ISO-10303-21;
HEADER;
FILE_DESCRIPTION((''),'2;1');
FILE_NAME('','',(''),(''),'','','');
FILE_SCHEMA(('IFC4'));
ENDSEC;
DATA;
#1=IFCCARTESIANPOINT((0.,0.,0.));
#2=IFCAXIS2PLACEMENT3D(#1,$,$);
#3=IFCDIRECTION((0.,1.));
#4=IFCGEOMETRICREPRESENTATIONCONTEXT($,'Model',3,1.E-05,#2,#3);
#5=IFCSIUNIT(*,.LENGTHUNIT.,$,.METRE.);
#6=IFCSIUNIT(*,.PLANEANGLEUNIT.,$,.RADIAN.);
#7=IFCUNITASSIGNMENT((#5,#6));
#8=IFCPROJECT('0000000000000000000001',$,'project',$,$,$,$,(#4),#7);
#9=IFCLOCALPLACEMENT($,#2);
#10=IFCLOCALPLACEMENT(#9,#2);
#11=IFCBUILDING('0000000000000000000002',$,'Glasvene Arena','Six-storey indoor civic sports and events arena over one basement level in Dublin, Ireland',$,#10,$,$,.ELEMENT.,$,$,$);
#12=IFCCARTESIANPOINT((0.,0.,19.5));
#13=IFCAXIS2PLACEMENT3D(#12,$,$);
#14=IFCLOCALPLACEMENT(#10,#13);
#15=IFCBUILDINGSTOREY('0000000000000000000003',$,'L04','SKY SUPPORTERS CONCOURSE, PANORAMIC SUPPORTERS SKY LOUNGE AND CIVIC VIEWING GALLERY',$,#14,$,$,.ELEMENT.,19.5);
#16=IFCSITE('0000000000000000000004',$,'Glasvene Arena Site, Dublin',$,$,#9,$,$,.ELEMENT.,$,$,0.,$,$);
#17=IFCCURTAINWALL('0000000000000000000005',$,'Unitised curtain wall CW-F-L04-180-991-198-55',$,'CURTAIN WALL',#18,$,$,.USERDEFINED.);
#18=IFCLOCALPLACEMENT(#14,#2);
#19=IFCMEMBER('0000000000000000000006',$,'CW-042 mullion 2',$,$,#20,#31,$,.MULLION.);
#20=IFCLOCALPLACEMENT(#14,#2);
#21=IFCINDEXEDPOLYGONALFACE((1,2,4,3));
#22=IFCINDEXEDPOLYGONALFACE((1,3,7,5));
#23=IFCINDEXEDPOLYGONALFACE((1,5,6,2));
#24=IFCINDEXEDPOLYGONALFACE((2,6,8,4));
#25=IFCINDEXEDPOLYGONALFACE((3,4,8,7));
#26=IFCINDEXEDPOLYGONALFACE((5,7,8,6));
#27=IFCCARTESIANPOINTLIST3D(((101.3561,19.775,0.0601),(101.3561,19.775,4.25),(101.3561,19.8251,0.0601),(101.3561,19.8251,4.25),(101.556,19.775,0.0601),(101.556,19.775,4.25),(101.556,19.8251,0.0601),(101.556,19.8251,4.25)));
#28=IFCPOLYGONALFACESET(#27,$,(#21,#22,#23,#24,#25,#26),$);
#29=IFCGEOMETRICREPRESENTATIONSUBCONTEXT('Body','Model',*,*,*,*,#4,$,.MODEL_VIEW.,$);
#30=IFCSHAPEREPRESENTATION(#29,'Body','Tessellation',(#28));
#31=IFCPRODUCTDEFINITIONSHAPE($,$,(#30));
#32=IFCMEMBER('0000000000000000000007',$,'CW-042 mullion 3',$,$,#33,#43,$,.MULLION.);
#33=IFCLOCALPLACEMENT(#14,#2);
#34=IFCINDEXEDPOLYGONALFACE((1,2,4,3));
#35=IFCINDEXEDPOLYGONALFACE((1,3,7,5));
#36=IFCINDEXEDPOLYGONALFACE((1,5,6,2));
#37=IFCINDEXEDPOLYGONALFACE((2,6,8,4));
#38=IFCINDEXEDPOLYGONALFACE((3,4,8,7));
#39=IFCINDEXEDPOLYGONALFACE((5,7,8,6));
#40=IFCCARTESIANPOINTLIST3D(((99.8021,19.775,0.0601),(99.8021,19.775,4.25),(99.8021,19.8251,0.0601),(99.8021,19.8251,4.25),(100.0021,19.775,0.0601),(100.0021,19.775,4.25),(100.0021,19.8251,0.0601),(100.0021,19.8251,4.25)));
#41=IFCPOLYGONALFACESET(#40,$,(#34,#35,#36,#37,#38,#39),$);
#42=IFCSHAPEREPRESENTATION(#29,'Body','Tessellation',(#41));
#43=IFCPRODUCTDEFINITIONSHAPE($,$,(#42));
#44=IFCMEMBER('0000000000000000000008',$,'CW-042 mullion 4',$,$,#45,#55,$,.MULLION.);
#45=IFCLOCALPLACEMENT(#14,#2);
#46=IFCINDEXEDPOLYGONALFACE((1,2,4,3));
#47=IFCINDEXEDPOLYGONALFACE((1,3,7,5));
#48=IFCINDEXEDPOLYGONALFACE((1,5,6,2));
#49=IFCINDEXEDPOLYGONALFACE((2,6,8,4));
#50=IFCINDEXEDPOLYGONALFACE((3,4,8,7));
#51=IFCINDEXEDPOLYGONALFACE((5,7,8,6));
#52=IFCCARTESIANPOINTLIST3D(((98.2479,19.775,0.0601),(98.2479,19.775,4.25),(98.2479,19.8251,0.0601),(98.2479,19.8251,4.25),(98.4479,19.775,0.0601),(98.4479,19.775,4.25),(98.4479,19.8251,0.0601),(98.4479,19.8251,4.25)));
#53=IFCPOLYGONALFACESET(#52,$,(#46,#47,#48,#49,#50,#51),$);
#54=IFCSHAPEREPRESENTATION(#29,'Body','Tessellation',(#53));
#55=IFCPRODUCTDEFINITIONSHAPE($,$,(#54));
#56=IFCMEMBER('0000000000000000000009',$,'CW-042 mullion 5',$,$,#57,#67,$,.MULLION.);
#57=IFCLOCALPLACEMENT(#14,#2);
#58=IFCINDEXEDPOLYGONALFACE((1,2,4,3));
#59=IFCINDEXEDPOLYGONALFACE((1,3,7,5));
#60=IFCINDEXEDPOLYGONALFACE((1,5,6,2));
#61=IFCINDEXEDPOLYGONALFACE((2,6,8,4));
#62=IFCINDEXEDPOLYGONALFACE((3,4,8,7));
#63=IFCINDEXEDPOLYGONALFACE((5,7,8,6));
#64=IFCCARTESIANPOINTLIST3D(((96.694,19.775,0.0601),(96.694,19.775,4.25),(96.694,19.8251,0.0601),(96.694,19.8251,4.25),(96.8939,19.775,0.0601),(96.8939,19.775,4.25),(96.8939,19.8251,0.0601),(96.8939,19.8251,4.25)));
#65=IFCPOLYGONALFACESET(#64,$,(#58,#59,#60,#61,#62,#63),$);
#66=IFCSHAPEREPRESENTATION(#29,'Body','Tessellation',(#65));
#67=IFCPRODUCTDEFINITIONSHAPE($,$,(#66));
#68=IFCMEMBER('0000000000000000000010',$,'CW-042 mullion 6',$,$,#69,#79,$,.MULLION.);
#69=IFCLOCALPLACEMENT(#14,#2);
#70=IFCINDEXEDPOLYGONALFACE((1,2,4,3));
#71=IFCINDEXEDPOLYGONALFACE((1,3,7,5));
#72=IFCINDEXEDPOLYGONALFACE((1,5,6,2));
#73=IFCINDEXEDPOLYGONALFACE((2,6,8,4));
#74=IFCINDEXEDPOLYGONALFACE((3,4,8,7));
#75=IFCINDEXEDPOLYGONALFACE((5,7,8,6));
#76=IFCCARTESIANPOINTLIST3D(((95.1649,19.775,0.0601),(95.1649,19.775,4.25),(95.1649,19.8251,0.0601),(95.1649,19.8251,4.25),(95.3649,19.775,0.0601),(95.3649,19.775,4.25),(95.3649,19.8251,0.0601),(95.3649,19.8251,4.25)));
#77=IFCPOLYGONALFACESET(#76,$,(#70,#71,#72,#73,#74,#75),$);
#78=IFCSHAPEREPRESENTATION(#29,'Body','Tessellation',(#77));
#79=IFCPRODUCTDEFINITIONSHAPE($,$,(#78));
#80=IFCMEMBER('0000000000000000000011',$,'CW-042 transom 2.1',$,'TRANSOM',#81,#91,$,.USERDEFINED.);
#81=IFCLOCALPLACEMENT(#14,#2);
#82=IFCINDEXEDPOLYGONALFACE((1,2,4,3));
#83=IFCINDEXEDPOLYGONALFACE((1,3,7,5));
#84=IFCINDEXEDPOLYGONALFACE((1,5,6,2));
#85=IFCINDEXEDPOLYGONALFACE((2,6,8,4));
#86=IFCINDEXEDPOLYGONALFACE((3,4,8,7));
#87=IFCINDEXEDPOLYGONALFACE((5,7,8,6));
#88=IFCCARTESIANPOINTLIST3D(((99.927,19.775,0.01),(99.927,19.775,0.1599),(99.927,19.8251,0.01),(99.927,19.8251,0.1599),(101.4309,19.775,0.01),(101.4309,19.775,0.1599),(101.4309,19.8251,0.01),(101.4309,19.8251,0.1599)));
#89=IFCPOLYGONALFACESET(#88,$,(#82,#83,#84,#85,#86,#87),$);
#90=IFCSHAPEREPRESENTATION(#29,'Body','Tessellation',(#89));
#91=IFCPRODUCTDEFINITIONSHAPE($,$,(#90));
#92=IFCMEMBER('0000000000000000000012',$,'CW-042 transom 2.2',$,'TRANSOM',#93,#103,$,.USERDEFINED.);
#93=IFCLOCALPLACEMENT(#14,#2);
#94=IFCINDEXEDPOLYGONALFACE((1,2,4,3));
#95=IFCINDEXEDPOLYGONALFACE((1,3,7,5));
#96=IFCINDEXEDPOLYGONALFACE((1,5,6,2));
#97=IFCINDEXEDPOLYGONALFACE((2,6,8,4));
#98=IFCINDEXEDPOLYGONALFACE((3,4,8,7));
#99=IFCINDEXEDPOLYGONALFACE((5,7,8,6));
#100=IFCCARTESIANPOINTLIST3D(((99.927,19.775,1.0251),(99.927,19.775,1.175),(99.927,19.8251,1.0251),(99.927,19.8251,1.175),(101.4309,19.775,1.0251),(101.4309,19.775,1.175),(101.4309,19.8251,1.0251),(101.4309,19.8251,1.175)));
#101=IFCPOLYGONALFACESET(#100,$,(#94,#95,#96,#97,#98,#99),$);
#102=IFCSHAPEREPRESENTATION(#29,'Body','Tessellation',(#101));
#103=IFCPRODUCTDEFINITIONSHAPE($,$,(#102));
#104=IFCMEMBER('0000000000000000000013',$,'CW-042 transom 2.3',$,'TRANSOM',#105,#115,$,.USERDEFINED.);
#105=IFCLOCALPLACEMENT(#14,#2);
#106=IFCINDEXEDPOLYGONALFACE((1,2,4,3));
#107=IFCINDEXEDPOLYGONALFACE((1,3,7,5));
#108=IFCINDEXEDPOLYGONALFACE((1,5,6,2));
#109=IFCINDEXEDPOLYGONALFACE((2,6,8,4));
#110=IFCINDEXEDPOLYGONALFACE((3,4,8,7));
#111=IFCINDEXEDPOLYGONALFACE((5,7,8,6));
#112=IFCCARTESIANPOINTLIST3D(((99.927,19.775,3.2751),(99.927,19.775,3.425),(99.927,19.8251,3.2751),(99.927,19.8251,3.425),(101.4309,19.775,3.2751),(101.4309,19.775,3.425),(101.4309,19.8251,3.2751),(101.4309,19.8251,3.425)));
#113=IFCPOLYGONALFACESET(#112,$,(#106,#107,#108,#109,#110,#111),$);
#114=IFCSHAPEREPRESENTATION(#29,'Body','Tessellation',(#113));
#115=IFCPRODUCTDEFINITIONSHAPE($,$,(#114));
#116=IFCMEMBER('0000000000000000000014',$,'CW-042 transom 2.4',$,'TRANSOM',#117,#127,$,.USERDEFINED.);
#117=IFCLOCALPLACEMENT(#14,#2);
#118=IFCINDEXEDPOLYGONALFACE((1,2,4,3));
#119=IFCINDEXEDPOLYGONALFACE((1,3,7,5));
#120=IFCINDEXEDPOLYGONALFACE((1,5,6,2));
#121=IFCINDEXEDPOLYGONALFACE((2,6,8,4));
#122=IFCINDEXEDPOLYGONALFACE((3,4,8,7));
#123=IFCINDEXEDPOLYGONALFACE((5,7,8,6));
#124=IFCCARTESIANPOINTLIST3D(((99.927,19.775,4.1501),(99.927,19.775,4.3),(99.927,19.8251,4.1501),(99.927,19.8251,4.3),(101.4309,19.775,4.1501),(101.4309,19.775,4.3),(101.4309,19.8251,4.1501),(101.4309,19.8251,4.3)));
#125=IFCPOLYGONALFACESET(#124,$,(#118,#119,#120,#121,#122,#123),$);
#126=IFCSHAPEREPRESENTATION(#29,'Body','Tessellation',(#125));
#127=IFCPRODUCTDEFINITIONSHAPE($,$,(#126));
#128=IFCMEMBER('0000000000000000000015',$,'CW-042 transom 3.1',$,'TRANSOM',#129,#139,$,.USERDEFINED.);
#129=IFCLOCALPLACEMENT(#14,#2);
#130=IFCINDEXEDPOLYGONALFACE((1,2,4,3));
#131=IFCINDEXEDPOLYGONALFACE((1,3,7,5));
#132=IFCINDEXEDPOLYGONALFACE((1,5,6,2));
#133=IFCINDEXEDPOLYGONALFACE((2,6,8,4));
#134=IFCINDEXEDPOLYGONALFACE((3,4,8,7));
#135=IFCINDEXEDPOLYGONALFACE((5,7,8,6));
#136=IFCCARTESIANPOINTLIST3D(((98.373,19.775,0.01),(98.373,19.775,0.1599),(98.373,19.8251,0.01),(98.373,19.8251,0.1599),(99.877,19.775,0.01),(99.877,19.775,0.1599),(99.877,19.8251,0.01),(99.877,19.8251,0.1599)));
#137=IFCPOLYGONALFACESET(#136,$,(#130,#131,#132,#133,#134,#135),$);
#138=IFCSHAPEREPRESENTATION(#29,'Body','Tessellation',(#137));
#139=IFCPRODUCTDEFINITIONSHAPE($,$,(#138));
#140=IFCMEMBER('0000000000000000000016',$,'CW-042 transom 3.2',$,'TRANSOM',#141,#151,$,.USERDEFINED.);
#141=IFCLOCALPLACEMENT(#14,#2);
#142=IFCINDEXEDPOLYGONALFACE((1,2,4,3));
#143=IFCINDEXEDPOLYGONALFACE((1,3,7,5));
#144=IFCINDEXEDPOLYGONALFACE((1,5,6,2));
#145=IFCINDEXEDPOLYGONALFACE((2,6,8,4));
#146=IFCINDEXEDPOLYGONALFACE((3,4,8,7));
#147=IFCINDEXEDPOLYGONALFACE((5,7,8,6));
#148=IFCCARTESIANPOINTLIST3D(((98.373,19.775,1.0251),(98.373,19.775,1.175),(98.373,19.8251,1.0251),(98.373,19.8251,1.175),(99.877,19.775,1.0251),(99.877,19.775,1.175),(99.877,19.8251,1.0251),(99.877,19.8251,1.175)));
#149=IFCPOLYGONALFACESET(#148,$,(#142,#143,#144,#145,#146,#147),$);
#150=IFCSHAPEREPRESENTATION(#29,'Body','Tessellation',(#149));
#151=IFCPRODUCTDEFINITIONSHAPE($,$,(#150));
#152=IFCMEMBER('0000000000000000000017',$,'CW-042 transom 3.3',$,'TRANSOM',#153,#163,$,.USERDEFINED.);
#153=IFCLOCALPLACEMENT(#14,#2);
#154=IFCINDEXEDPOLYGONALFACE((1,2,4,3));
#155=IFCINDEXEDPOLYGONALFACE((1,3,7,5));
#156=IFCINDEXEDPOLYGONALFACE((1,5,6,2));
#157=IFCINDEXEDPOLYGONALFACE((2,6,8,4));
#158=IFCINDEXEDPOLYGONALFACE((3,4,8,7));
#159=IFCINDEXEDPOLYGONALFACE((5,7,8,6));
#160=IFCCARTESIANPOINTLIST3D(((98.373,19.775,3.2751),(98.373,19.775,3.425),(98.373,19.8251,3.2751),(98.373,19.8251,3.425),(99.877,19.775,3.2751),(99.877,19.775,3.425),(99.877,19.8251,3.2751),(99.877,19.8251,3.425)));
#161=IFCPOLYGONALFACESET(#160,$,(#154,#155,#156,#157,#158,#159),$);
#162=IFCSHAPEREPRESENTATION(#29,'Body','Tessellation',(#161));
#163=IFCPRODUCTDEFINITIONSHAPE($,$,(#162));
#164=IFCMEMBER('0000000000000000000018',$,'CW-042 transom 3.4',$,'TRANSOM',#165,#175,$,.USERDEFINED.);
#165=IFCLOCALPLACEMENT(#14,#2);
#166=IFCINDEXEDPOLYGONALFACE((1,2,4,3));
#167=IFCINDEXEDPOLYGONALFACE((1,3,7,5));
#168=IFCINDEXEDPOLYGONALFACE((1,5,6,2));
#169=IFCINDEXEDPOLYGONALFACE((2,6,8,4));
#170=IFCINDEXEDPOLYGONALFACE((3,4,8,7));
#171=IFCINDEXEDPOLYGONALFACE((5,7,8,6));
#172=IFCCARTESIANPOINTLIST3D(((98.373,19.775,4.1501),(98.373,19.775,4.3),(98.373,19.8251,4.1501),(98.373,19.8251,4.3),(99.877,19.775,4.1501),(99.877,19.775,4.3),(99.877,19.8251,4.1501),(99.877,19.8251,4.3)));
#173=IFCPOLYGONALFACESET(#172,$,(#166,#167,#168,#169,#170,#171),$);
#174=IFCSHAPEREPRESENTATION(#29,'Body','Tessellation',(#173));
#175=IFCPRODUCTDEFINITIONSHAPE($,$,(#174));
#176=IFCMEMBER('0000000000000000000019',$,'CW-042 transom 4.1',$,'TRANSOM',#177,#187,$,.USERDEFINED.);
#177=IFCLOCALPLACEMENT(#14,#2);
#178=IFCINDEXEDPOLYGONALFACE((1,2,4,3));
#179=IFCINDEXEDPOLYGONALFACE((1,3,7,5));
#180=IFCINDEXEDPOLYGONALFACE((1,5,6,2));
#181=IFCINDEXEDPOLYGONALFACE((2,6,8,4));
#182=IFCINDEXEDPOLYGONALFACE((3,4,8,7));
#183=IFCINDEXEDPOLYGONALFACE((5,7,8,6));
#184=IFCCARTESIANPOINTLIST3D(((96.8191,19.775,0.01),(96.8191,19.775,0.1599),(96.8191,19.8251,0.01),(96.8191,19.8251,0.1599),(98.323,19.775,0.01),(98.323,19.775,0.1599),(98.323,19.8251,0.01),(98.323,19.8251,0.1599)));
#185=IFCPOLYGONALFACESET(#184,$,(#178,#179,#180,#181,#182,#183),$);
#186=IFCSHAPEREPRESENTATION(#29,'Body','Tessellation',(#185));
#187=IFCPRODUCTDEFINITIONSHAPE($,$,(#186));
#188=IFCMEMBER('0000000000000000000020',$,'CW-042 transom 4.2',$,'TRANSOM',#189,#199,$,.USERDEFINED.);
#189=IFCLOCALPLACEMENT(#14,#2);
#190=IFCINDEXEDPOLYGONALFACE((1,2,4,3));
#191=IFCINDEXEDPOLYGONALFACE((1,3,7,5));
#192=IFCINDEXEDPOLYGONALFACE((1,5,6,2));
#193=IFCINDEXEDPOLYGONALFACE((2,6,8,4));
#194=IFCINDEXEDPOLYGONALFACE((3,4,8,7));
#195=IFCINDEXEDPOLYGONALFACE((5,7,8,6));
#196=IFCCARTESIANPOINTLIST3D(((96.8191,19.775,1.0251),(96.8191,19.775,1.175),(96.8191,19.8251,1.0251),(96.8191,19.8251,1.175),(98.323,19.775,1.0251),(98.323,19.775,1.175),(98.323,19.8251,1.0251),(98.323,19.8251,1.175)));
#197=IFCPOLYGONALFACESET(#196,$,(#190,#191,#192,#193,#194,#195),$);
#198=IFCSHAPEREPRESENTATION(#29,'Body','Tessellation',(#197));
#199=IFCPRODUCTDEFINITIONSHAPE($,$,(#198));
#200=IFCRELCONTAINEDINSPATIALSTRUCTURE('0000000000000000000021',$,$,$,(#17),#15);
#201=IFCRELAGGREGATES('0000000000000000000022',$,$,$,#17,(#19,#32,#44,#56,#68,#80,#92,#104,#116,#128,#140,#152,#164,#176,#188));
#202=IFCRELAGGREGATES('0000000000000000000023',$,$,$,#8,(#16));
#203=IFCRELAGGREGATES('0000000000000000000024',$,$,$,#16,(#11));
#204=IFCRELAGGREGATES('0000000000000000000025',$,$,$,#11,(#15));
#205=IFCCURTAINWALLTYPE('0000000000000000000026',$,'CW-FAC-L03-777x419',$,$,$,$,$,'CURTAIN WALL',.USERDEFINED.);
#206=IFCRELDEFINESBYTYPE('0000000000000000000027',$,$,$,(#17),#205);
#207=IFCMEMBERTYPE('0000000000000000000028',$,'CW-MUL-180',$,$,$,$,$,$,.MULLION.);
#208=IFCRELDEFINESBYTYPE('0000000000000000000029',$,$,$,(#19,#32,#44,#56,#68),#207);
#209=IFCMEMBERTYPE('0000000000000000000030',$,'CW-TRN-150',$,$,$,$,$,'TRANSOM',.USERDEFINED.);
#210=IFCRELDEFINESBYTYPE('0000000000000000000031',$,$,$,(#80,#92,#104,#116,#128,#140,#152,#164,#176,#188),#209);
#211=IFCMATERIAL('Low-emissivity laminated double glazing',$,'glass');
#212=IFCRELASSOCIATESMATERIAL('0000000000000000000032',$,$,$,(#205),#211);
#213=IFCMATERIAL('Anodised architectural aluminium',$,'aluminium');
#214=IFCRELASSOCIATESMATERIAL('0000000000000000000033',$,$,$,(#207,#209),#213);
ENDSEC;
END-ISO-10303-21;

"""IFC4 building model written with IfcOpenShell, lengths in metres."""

from ifc_helpers import new_model, si_unit, direction, frame, origin, origin_2d, place, context, subcontext, project, spatial, rectangle, extrude, material, material_profile, profile_set, type_object, element, aggregate, save


model = new_model("IFC4")

# Units and contexts
model_context = context("Model", 3, precision=1e-05, world=origin(), true_north=direction((0.0, 1.0)))
body_context = subcontext(model_context, "Body", "Model", "MODEL_VIEW")
ifc_project = project(units=[si_unit("LENGTHUNIT", "METRE"), si_unit("PLANEANGLEUNIT", "RADIAN")], contexts=[model_context])

# Site, building, storey
site_placement = place(None, origin())
site = spatial("IfcSite", under=ifc_project, at=site_placement, Name="Glasvene Arena Site, Dublin", CompositionType="ELEMENT", RefElevation=0.0)
building_placement = place(site_placement, origin())
building = spatial("IfcBuilding", under=site, at=building_placement, Name="Glasvene Arena", Description="Six-storey indoor civic sports and events arena over one basement level in Dublin, Ireland", CompositionType="ELEMENT")
storey_placement = place(building_placement, frame((0.0, 0.0, 19.5)))
storey = spatial("IfcBuildingStorey", under=building, at=storey_placement, Name="L04", Description="SKY SUPPORTERS CONCOURSE, PANORAMIC SUPPORTERS SKY LOUNGE AND CIVIC VIEWING GALLERY", CompositionType="ELEMENT", Elevation=19.5)

# Curtain wall, members
ifc_material_1 = material(Name="Low-emissivity laminated double glazing", Category="glass")
curtain_wall_type = type_object("IfcCurtainWallType", Name="CW-FAC-L03-777x419", ElementType="CURTAIN WALL", PredefinedType="USERDEFINED", material=ifc_material_1)
curtain_wall_placement = place(storey_placement, frame((103.01, 19.8, 0.0)))
curtain_wall = element("IfcCurtainWall", 1, at=curtain_wall_placement, inside=storey, type_object=curtain_wall_type, Name="Unitised curtain wall CW-F-L04-180-991-198-55", ObjectType="CURTAIN WALL", PredefinedType="USERDEFINED")
ifc_material_2 = material(Name="Anodised architectural aluminium", Category="aluminium")
ifc_material_profile_1 = material_profile(ifc_material_2, rectangle(XDim=0.05, YDim=0.2, at=origin_2d()), Name="ALU MULLION 50x200")
ifc_profile_set_1 = profile_set([ifc_material_profile_1], Name="Anodised architectural aluminium")
member_type_1 = type_object("IfcMemberType", Name="CW-MUL-180", PredefinedType="MULLION", material=ifc_profile_set_1)
member_1_placement = place(storey_placement, frame((101.4561, 19.8, 0.0601), z_axis=(0.0, 0.0, 1.0), x_axis=(0.0, -1.0, 0.0)))
member_1 = element("IfcMember", 2, at=member_1_placement, type_object=member_type_1, Name="CW-042 mullion 2", PredefinedType="MULLION", context=body_context, shape_type="SweptSolid", body=[
    extrude(rectangle(XDim=0.05, YDim=0.2, at=origin_2d()), origin(), (0.0, 0.0, 1.0), 4.1899),
])
member_2_placement = place(storey_placement, frame((99.9021, 19.8, 0.0601), z_axis=(0.0, 0.0, 1.0), x_axis=(0.0, -1.0, 0.0)))
member_2 = element("IfcMember", 3, at=member_2_placement, type_object=member_type_1, Name="CW-042 mullion 3", PredefinedType="MULLION", context=body_context, shape_type="SweptSolid", body=[
    extrude(rectangle(XDim=0.05, YDim=0.2, at=origin_2d()), origin(), (0.0, 0.0, 1.0), 4.1899),
])
member_3_placement = place(storey_placement, frame((98.3479, 19.8, 0.0601), z_axis=(0.0, 0.0, 1.0), x_axis=(0.0, -1.0, 0.0)))
member_3 = element("IfcMember", 4, at=member_3_placement, type_object=member_type_1, Name="CW-042 mullion 4", PredefinedType="MULLION", context=body_context, shape_type="SweptSolid", body=[
    extrude(rectangle(XDim=0.05, YDim=0.2, at=origin_2d()), origin(), (0.0, 0.0, 1.0), 4.1899),
])
member_4_placement = place(storey_placement, frame((96.7939, 19.8, 0.0601), z_axis=(0.0, 0.0, 1.0), x_axis=(0.0, -1.0, 0.0)))
member_4 = element("IfcMember", 5, at=member_4_placement, type_object=member_type_1, Name="CW-042 mullion 5", PredefinedType="MULLION", context=body_context, shape_type="SweptSolid", body=[
    extrude(rectangle(XDim=0.05, YDim=0.2, at=origin_2d()), origin(), (0.0, 0.0, 1.0), 4.1899),
])
member_5_placement = place(storey_placement, frame((95.2649, 19.8, 0.0601), z_axis=(0.0, 0.0, 1.0), x_axis=(0.0, -1.0, 0.0)))
member_5 = element("IfcMember", 6, at=member_5_placement, type_object=member_type_1, Name="CW-042 mullion 6", PredefinedType="MULLION", context=body_context, shape_type="SweptSolid", body=[
    extrude(rectangle(XDim=0.05, YDim=0.2, at=origin_2d()), origin(), (0.0, 0.0, 1.0), 4.1899),
])
ifc_material_profile_2 = material_profile(ifc_material_2, rectangle(XDim=0.05, YDim=0.1499, at=origin_2d()), Name="ALU TRANSOM 50x150")
ifc_profile_set_2 = profile_set([ifc_material_profile_2], Name="Anodised architectural aluminium")
member_type_2 = type_object("IfcMemberType", Name="CW-TRN-150", ElementType="TRANSOM", PredefinedType="USERDEFINED", material=ifc_profile_set_2)
member_6_placement = place(storey_placement, frame((101.4309, 19.8, 0.085), z_axis=(-1.0, 0.0, 0.0), x_axis=(0.0, -1.0, 0.0)))
member_6 = element("IfcMember", 7, at=member_6_placement, type_object=member_type_2, Name="CW-042 transom 2.1", ObjectType="TRANSOM", PredefinedType="USERDEFINED", context=body_context, shape_type="SweptSolid", body=[
    extrude(rectangle(XDim=0.05, YDim=0.1499, at=origin_2d()), origin(), (0.0, 0.0, 1.0), 1.5039),
])
member_7_placement = place(storey_placement, frame((101.4309, 19.8, 1.1001), z_axis=(-1.0, 0.0, 0.0), x_axis=(0.0, -1.0, 0.0)))
member_7 = element("IfcMember", 8, at=member_7_placement, type_object=member_type_2, Name="CW-042 transom 2.2", ObjectType="TRANSOM", PredefinedType="USERDEFINED", context=body_context, shape_type="SweptSolid", body=[
    extrude(rectangle(XDim=0.05, YDim=0.1499, at=origin_2d()), origin(), (0.0, 0.0, 1.0), 1.5039),
])
member_8_placement = place(storey_placement, frame((101.4309, 19.8, 3.3501), z_axis=(-1.0, 0.0, 0.0), x_axis=(0.0, -1.0, 0.0)))
member_8 = element("IfcMember", 9, at=member_8_placement, type_object=member_type_2, Name="CW-042 transom 2.3", ObjectType="TRANSOM", PredefinedType="USERDEFINED", context=body_context, shape_type="SweptSolid", body=[
    extrude(rectangle(XDim=0.05, YDim=0.1499, at=origin_2d()), origin(), (0.0, 0.0, 1.0), 1.5039),
])
member_9_placement = place(storey_placement, frame((101.4309, 19.8, 4.2251), z_axis=(-1.0, 0.0, 0.0), x_axis=(0.0, -1.0, 0.0)))
member_9 = element("IfcMember", 10, at=member_9_placement, type_object=member_type_2, Name="CW-042 transom 2.4", ObjectType="TRANSOM", PredefinedType="USERDEFINED", context=body_context, shape_type="SweptSolid", body=[
    extrude(rectangle(XDim=0.05, YDim=0.1499, at=origin_2d()), origin(), (0.0, 0.0, 1.0), 1.5039),
])
member_10_placement = place(storey_placement, frame((99.877, 19.8, 0.085), z_axis=(-1.0, 0.0, 0.0), x_axis=(0.0, -1.0, 0.0)))
member_10 = element("IfcMember", 11, at=member_10_placement, type_object=member_type_2, Name="CW-042 transom 3.1", ObjectType="TRANSOM", PredefinedType="USERDEFINED", context=body_context, shape_type="SweptSolid", body=[
    extrude(rectangle(XDim=0.05, YDim=0.1499, at=origin_2d()), origin(), (0.0, 0.0, 1.0), 1.5039),
])
member_11_placement = place(storey_placement, frame((99.877, 19.8, 1.1001), z_axis=(-1.0, 0.0, 0.0), x_axis=(0.0, -1.0, 0.0)))
member_11 = element("IfcMember", 12, at=member_11_placement, type_object=member_type_2, Name="CW-042 transom 3.2", ObjectType="TRANSOM", PredefinedType="USERDEFINED", context=body_context, shape_type="SweptSolid", body=[
    extrude(rectangle(XDim=0.05, YDim=0.1499, at=origin_2d()), origin(), (0.0, 0.0, 1.0), 1.5039),
])
member_12_placement = place(storey_placement, frame((99.877, 19.8, 3.3501), z_axis=(-1.0, 0.0, 0.0), x_axis=(0.0, -1.0, 0.0)))
member_12 = element("IfcMember", 13, at=member_12_placement, type_object=member_type_2, Name="CW-042 transom 3.3", ObjectType="TRANSOM", PredefinedType="USERDEFINED", context=body_context, shape_type="SweptSolid", body=[
    extrude(rectangle(XDim=0.05, YDim=0.1499, at=origin_2d()), origin(), (0.0, 0.0, 1.0), 1.5039),
])
member_13_placement = place(storey_placement, frame((99.877, 19.8, 4.2251), z_axis=(-1.0, 0.0, 0.0), x_axis=(0.0, -1.0, 0.0)))
member_13 = element("IfcMember", 14, at=member_13_placement, type_object=member_type_2, Name="CW-042 transom 3.4", ObjectType="TRANSOM", PredefinedType="USERDEFINED", context=body_context, shape_type="SweptSolid", body=[
    extrude(rectangle(XDim=0.05, YDim=0.1499, at=origin_2d()), origin(), (0.0, 0.0, 1.0), 1.5039),
])
member_14_placement = place(storey_placement, frame((98.323, 19.8, 0.085), z_axis=(-1.0, 0.0, 0.0), x_axis=(0.0, -1.0, 0.0)))
member_14 = element("IfcMember", 15, at=member_14_placement, type_object=member_type_2, Name="CW-042 transom 4.1", ObjectType="TRANSOM", PredefinedType="USERDEFINED", context=body_context, shape_type="SweptSolid", body=[
    extrude(rectangle(XDim=0.05, YDim=0.1499, at=origin_2d()), origin(), (0.0, 0.0, 1.0), 1.5039),
])
member_15_placement = place(storey_placement, frame((98.323, 19.8, 1.1001), z_axis=(-1.0, 0.0, 0.0), x_axis=(0.0, -1.0, 0.0)))
member_15 = element("IfcMember", 16, at=member_15_placement, type_object=member_type_2, Name="CW-042 transom 4.2", ObjectType="TRANSOM", PredefinedType="USERDEFINED", context=body_context, shape_type="SweptSolid", body=[
    extrude(rectangle(XDim=0.05, YDim=0.1499, at=origin_2d()), origin(), (0.0, 0.0, 1.0), 1.5039),
])
aggregate(curtain_wall, [member_1, member_2, member_3, member_4, member_5, member_6, member_7, member_8, member_9, member_10, member_11, member_12, member_13, member_14, member_15])

save(model, "model.ifc")
